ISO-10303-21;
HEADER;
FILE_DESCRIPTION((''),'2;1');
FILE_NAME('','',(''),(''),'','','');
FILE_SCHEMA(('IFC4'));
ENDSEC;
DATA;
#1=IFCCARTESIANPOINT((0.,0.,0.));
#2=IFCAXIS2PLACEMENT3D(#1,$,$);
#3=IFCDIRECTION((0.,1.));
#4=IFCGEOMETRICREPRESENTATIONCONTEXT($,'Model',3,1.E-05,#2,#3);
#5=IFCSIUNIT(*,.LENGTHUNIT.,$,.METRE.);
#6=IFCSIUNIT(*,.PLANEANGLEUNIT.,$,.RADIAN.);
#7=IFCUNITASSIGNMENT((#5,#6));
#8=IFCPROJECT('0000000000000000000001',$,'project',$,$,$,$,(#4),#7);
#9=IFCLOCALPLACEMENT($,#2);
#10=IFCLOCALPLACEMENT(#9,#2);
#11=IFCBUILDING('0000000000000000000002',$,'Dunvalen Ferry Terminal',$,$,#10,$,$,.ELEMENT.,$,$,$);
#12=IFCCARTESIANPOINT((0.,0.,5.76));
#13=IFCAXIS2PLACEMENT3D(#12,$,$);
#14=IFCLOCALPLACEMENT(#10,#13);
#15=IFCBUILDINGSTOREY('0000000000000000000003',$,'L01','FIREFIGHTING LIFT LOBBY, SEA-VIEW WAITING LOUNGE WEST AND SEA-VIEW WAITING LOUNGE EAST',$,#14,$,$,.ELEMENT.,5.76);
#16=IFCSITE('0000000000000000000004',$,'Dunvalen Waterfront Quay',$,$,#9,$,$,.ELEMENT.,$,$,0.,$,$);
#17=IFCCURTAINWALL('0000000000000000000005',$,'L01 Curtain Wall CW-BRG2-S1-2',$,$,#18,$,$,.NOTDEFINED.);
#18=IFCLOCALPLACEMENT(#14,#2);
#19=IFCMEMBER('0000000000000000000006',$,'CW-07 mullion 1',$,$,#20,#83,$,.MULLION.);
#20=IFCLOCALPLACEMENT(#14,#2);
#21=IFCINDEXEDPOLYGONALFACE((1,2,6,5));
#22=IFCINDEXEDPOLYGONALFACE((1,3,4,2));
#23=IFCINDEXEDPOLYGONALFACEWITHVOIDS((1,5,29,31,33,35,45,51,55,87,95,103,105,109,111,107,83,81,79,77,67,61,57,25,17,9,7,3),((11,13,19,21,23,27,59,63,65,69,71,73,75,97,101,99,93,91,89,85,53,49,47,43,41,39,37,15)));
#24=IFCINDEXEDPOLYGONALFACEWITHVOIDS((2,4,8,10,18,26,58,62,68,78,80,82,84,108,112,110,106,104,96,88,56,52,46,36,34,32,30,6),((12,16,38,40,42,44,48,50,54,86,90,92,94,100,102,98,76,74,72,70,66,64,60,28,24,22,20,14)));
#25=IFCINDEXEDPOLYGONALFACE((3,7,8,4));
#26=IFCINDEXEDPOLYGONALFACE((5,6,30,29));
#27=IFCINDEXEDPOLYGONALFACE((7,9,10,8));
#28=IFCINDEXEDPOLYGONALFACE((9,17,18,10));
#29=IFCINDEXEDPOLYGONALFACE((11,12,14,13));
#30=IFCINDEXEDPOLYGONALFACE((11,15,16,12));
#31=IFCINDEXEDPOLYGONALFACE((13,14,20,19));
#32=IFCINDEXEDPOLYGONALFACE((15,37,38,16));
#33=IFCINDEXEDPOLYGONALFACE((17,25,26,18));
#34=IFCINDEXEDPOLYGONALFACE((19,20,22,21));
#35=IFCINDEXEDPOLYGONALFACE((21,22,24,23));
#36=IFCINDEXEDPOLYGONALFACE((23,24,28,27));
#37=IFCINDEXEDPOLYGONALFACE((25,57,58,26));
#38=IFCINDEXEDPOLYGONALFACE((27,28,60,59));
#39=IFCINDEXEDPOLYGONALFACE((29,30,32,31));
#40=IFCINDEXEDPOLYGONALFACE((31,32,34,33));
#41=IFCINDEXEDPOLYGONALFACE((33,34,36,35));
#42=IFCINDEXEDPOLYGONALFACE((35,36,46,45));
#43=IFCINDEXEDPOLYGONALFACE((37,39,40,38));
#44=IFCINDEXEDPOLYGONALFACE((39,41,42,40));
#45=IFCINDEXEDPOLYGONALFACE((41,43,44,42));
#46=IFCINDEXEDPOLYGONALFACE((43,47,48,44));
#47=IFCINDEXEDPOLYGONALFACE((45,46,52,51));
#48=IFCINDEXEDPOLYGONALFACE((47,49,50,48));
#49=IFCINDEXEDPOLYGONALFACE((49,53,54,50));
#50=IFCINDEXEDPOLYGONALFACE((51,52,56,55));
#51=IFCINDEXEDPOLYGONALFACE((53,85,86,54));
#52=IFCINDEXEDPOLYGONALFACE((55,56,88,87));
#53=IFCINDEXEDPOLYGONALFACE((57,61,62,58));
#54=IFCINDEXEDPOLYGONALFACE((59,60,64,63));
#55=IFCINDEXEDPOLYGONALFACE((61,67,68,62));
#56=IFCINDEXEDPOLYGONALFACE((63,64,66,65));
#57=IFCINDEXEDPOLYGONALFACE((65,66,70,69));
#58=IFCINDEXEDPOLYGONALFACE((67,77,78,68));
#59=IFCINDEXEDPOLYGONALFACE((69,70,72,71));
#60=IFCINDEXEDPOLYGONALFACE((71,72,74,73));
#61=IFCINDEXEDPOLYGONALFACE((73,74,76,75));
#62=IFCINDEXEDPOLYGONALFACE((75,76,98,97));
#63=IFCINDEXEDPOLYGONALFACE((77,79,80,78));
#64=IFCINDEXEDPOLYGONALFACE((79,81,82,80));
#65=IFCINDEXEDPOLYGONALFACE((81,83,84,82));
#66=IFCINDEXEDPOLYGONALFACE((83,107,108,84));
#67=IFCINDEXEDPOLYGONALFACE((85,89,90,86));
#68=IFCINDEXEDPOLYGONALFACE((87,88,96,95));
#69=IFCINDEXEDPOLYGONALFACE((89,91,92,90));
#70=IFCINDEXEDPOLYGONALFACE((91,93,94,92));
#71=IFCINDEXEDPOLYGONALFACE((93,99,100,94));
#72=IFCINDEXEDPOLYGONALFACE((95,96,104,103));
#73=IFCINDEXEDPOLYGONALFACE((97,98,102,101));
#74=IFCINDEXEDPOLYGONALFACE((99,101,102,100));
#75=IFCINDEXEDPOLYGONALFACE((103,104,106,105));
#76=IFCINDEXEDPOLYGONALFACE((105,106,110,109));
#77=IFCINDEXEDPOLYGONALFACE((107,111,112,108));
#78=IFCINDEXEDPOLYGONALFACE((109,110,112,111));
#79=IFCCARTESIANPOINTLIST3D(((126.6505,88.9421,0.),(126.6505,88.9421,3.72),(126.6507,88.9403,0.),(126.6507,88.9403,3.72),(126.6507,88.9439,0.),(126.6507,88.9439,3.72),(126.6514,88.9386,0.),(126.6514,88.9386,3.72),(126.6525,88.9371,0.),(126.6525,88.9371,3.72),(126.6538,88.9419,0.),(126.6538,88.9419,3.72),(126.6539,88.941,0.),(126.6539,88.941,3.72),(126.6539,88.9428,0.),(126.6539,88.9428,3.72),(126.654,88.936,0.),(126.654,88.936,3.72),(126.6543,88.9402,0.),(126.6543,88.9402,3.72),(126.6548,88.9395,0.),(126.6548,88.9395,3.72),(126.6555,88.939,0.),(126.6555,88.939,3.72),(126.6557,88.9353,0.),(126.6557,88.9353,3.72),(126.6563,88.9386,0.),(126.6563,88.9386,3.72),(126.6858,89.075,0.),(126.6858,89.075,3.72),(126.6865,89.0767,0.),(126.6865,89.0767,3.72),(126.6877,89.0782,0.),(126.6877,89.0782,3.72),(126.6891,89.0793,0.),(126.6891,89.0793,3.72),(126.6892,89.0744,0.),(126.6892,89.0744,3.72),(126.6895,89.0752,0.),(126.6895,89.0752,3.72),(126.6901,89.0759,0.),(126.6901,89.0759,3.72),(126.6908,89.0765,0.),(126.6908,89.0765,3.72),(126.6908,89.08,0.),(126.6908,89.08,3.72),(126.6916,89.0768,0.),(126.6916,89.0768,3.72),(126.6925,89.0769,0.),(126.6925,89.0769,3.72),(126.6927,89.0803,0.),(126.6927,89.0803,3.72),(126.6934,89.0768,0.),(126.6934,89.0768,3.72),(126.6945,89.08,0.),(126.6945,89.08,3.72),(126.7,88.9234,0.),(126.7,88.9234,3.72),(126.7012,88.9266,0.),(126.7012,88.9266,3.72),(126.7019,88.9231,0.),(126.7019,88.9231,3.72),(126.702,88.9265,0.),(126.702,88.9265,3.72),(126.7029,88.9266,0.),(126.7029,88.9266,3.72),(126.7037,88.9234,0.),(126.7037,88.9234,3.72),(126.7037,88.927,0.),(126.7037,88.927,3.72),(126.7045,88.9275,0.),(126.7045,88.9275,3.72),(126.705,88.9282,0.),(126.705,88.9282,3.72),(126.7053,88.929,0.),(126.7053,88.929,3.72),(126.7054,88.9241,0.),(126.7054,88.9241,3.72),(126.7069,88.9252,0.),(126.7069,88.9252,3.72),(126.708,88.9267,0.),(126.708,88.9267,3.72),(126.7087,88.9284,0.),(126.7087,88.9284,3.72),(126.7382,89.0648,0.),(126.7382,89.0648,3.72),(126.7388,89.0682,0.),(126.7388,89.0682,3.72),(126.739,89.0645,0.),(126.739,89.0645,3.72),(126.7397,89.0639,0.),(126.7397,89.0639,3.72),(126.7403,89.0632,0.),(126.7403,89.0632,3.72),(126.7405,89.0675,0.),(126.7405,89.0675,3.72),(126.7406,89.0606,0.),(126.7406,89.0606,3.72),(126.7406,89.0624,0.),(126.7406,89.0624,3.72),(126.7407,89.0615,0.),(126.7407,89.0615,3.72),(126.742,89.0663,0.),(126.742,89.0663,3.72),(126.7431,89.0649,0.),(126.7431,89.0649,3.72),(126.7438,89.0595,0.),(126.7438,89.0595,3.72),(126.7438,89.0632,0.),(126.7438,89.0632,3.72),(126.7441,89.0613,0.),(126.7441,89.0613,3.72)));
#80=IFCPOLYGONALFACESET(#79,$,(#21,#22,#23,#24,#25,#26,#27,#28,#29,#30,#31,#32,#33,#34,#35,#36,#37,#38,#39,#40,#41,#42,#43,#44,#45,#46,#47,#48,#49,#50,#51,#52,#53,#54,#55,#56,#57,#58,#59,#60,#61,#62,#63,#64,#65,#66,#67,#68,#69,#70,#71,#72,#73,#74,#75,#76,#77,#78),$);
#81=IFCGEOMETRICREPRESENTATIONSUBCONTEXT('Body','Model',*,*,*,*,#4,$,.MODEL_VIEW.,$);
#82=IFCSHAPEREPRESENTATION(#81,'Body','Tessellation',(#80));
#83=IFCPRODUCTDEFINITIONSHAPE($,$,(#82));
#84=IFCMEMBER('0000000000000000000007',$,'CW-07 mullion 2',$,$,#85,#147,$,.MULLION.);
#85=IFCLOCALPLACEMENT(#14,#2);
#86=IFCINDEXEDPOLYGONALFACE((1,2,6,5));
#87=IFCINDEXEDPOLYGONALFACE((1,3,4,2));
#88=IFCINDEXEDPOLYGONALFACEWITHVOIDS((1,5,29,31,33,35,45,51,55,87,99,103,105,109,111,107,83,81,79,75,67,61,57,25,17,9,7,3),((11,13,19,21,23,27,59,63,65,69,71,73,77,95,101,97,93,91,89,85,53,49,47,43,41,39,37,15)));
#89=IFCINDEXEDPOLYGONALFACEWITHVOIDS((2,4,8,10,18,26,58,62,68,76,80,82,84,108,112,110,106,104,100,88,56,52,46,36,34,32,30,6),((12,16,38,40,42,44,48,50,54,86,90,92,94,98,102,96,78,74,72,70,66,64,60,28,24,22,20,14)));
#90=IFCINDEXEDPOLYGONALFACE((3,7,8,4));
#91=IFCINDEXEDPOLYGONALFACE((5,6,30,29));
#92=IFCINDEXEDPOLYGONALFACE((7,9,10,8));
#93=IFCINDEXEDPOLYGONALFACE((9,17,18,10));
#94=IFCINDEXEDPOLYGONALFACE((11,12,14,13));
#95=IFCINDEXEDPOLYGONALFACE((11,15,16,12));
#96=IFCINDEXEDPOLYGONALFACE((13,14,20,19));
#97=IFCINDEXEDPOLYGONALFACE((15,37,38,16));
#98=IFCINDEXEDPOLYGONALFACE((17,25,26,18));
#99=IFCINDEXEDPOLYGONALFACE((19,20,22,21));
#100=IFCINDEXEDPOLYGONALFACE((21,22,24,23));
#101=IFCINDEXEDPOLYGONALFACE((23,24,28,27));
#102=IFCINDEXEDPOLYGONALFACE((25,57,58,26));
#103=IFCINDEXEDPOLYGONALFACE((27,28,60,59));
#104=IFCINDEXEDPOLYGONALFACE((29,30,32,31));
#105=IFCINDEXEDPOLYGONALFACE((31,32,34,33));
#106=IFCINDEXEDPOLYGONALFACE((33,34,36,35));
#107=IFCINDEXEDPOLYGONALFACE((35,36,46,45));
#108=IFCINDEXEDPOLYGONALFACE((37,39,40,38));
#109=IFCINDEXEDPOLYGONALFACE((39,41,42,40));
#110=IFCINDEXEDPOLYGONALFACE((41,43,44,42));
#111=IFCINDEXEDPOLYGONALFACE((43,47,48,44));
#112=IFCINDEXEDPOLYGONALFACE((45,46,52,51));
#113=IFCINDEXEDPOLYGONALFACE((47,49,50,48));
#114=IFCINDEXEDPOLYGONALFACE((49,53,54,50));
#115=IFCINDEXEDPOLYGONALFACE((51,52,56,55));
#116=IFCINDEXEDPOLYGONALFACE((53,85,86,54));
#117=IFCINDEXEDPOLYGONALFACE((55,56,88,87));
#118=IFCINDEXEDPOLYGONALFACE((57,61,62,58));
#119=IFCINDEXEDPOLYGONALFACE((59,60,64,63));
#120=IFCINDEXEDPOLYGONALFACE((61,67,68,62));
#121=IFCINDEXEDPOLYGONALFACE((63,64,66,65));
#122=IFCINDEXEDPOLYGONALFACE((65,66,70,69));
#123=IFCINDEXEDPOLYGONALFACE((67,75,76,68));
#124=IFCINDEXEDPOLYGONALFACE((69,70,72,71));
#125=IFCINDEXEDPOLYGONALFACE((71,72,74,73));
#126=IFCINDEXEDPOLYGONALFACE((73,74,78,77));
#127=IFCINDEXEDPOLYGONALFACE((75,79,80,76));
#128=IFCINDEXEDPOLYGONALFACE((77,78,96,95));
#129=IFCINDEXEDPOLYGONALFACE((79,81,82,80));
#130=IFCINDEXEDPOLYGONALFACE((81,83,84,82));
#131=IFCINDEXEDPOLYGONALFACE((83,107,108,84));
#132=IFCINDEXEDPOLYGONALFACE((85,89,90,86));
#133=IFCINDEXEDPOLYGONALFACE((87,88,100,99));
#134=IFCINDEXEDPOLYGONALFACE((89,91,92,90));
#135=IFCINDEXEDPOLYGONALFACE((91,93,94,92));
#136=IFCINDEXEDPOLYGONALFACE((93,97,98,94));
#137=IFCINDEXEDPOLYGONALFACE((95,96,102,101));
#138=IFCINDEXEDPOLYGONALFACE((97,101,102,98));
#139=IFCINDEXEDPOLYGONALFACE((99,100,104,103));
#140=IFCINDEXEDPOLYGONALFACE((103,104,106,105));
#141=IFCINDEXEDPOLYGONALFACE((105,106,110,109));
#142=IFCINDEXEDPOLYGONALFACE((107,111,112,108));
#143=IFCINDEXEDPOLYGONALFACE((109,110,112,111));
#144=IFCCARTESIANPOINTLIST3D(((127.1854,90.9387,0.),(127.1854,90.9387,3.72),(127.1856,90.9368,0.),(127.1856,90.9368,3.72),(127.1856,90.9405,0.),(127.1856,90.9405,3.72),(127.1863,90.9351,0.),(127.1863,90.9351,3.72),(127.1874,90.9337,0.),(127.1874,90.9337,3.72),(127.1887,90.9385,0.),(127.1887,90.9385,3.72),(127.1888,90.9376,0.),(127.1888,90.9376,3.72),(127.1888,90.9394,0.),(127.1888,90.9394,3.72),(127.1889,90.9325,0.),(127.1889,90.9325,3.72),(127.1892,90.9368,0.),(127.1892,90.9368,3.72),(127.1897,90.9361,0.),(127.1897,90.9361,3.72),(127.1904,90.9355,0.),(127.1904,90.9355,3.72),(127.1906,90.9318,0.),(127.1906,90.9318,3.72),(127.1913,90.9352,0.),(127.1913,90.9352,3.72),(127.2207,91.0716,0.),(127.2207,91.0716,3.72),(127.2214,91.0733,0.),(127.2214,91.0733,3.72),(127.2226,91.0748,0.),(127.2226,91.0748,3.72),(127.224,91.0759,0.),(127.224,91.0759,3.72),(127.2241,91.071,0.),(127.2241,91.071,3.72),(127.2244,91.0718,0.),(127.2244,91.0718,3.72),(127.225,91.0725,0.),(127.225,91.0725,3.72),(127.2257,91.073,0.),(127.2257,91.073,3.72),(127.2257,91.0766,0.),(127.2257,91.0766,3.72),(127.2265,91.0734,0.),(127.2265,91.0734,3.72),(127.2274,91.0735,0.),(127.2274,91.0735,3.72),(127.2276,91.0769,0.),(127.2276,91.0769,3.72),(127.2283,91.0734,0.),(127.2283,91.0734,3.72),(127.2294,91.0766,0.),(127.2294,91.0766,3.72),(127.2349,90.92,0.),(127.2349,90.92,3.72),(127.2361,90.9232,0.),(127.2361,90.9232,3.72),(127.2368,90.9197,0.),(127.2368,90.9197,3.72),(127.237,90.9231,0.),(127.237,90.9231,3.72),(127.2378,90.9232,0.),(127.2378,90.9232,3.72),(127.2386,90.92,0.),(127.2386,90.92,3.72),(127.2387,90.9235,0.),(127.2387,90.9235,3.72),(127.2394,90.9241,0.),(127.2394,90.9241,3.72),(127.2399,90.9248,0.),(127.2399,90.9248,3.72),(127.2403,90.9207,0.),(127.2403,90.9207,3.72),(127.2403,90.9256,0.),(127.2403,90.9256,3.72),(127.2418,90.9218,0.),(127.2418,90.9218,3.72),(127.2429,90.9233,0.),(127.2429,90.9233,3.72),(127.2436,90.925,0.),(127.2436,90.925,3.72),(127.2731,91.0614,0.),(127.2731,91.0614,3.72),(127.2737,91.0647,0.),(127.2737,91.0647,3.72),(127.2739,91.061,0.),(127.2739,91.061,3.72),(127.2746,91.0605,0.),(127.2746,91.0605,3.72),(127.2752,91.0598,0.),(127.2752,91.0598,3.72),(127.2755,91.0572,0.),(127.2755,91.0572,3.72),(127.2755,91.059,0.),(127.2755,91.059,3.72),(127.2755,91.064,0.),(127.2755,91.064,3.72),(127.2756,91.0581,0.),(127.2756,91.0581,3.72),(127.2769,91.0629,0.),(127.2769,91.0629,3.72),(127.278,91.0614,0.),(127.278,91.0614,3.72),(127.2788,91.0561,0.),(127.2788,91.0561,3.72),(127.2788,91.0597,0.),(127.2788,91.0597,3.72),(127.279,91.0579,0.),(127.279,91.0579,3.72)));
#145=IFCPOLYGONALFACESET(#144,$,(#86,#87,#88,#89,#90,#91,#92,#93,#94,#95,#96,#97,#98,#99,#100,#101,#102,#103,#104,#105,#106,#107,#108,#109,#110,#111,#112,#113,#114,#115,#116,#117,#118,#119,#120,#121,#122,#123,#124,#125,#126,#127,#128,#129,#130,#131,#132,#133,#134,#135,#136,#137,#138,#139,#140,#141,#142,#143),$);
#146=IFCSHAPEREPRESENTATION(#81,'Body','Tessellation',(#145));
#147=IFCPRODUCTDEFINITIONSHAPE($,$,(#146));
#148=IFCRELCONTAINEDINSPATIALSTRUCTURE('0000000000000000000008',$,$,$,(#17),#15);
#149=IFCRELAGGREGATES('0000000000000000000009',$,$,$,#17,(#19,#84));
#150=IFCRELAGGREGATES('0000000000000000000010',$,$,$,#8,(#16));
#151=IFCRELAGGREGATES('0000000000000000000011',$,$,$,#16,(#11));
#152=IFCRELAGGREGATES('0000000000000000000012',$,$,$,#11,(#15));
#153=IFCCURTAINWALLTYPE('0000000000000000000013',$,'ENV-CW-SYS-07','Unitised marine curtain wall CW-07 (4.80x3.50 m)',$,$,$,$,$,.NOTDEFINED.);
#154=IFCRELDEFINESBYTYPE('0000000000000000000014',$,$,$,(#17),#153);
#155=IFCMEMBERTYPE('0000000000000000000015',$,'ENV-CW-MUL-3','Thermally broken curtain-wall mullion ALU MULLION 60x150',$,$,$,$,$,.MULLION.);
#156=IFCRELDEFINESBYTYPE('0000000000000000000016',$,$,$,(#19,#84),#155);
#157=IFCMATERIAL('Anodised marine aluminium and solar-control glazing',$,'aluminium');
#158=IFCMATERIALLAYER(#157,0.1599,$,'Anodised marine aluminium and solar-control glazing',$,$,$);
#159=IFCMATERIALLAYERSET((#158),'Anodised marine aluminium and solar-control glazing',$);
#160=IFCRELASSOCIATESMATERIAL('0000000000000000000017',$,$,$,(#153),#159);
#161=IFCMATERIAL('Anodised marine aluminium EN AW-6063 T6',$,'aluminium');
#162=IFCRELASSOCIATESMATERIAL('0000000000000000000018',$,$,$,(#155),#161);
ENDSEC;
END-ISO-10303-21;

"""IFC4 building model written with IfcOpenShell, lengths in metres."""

from ifc_helpers import new_model, si_unit, direction, frame, origin, origin_2d, place, context, subcontext, project, spatial, hollow_rectangle, extrude, material, layer, layer_set, material_profile, profile_set, type_object, element, aggregate, save


model = new_model("IFC4")

# Units and contexts
model_context = context("Model", 3, precision=1e-05, world=origin(), true_north=direction((0.0, 1.0)))
body_context = subcontext(model_context, "Body", "Model", "MODEL_VIEW")
ifc_project = project(units=[si_unit("LENGTHUNIT", "METRE"), si_unit("PLANEANGLEUNIT", "RADIAN")], contexts=[model_context])

# Site, building, storey
site_placement = place(None, origin())
site = spatial("IfcSite", under=ifc_project, at=site_placement, Name="Dunvalen Waterfront Quay", CompositionType="ELEMENT", RefElevation=0.0)
building_placement = place(site_placement, origin())
building = spatial("IfcBuilding", under=site, at=building_placement, Name="Dunvalen Ferry Terminal", CompositionType="ELEMENT")
storey_placement = place(building_placement, frame((0.0, 0.0, 5.76)))
storey = spatial("IfcBuildingStorey", under=building, at=storey_placement, Name="L01", Description="FIREFIGHTING LIFT LOBBY, SEA-VIEW WAITING LOUNGE WEST AND SEA-VIEW WAITING LOUNGE EAST", CompositionType="ELEMENT", Elevation=5.76)

# Curtain wall, members
ifc_material_1 = material(Name="Anodised marine aluminium and solar-control glazing", Category="aluminium")
ifc_material_2 = material(Name="Anodised marine aluminium EN AW-6063 T6", Category="aluminium")
ifc_layer_1 = layer(ifc_material_1, 0.1599, Name="Anodised marine aluminium and solar-control glazing")
ifc_layer_set_1 = layer_set([ifc_layer_1], Name="Anodised marine aluminium and solar-control glazing")
curtain_wall_type_1 = type_object("IfcCurtainWallType", Name="ENV-CW-SYS-07", Description="Unitised marine curtain wall CW-07 (4.80x3.50 m)", PredefinedType="NOTDEFINED", material=ifc_layer_set_1)
ifc_material_profile_1 = material_profile(ifc_material_2, hollow_rectangle(XDim=0.0601, YDim=0.1499, WallThickness=0.0034, InnerFilletRadius=0.0034, OuterFilletRadius=0.0071, at=origin_2d()), Name="Anodised marine aluminium EN AW-6063 T6")
ifc_profile_set_1 = profile_set([ifc_material_profile_1], Name="Anodised marine aluminium EN AW-6063 T6")
member_type_1 = type_object("IfcMemberType", Name="ENV-CW-MUL-3", Description="Thermally broken curtain-wall mullion ALU MULLION 60x150", PredefinedType="MULLION", material=ifc_profile_set_1)
curtain_wall_1_placement = place(storey_placement, origin())
curtain_wall_1 = element("IfcCurtainWall", 1, at=curtain_wall_1_placement, inside=storey, type_object=curtain_wall_type_1, Name="L01 Curtain Wall CW-BRG2-S1-2", PredefinedType="NOTDEFINED")
member_1_placement = place(storey_placement, frame((126.6973, 89.0017, 0.0), z_axis=(0.0, 0.0, 1.0), x_axis=(-0.965923, 0.25883, 0.0)))
member_1 = element("IfcMember", 2, at=member_1_placement, type_object=member_type_1, Name="CW-07 mullion 1", PredefinedType="MULLION", context=body_context, shape_type="SweptSolid", body=[
    extrude(hollow_rectangle(XDim=0.0601, YDim=0.1499, WallThickness=0.0034, InnerFilletRadius=0.0034, OuterFilletRadius=0.0071, at=origin_2d()), origin(), (0.0, 0.0, 1.0), 3.72),
])
member_2_placement = place(storey_placement, frame((127.2322, 90.9983, 0.0), z_axis=(0.0, 0.0, 1.0), x_axis=(-0.965923, 0.25883, 0.0)))
member_2 = element("IfcMember", 3, at=member_2_placement, type_object=member_type_1, Name="CW-07 mullion 2", PredefinedType="MULLION", context=body_context, shape_type="SweptSolid", body=[
    extrude(hollow_rectangle(XDim=0.0601, YDim=0.1499, WallThickness=0.0034, InnerFilletRadius=0.0034, OuterFilletRadius=0.0071, at=origin_2d()), origin(), (0.0, 0.0, 1.0), 3.72),
])

aggregate(curtain_wall_1, [member_1, member_2])

save(model, "model.ifc")
